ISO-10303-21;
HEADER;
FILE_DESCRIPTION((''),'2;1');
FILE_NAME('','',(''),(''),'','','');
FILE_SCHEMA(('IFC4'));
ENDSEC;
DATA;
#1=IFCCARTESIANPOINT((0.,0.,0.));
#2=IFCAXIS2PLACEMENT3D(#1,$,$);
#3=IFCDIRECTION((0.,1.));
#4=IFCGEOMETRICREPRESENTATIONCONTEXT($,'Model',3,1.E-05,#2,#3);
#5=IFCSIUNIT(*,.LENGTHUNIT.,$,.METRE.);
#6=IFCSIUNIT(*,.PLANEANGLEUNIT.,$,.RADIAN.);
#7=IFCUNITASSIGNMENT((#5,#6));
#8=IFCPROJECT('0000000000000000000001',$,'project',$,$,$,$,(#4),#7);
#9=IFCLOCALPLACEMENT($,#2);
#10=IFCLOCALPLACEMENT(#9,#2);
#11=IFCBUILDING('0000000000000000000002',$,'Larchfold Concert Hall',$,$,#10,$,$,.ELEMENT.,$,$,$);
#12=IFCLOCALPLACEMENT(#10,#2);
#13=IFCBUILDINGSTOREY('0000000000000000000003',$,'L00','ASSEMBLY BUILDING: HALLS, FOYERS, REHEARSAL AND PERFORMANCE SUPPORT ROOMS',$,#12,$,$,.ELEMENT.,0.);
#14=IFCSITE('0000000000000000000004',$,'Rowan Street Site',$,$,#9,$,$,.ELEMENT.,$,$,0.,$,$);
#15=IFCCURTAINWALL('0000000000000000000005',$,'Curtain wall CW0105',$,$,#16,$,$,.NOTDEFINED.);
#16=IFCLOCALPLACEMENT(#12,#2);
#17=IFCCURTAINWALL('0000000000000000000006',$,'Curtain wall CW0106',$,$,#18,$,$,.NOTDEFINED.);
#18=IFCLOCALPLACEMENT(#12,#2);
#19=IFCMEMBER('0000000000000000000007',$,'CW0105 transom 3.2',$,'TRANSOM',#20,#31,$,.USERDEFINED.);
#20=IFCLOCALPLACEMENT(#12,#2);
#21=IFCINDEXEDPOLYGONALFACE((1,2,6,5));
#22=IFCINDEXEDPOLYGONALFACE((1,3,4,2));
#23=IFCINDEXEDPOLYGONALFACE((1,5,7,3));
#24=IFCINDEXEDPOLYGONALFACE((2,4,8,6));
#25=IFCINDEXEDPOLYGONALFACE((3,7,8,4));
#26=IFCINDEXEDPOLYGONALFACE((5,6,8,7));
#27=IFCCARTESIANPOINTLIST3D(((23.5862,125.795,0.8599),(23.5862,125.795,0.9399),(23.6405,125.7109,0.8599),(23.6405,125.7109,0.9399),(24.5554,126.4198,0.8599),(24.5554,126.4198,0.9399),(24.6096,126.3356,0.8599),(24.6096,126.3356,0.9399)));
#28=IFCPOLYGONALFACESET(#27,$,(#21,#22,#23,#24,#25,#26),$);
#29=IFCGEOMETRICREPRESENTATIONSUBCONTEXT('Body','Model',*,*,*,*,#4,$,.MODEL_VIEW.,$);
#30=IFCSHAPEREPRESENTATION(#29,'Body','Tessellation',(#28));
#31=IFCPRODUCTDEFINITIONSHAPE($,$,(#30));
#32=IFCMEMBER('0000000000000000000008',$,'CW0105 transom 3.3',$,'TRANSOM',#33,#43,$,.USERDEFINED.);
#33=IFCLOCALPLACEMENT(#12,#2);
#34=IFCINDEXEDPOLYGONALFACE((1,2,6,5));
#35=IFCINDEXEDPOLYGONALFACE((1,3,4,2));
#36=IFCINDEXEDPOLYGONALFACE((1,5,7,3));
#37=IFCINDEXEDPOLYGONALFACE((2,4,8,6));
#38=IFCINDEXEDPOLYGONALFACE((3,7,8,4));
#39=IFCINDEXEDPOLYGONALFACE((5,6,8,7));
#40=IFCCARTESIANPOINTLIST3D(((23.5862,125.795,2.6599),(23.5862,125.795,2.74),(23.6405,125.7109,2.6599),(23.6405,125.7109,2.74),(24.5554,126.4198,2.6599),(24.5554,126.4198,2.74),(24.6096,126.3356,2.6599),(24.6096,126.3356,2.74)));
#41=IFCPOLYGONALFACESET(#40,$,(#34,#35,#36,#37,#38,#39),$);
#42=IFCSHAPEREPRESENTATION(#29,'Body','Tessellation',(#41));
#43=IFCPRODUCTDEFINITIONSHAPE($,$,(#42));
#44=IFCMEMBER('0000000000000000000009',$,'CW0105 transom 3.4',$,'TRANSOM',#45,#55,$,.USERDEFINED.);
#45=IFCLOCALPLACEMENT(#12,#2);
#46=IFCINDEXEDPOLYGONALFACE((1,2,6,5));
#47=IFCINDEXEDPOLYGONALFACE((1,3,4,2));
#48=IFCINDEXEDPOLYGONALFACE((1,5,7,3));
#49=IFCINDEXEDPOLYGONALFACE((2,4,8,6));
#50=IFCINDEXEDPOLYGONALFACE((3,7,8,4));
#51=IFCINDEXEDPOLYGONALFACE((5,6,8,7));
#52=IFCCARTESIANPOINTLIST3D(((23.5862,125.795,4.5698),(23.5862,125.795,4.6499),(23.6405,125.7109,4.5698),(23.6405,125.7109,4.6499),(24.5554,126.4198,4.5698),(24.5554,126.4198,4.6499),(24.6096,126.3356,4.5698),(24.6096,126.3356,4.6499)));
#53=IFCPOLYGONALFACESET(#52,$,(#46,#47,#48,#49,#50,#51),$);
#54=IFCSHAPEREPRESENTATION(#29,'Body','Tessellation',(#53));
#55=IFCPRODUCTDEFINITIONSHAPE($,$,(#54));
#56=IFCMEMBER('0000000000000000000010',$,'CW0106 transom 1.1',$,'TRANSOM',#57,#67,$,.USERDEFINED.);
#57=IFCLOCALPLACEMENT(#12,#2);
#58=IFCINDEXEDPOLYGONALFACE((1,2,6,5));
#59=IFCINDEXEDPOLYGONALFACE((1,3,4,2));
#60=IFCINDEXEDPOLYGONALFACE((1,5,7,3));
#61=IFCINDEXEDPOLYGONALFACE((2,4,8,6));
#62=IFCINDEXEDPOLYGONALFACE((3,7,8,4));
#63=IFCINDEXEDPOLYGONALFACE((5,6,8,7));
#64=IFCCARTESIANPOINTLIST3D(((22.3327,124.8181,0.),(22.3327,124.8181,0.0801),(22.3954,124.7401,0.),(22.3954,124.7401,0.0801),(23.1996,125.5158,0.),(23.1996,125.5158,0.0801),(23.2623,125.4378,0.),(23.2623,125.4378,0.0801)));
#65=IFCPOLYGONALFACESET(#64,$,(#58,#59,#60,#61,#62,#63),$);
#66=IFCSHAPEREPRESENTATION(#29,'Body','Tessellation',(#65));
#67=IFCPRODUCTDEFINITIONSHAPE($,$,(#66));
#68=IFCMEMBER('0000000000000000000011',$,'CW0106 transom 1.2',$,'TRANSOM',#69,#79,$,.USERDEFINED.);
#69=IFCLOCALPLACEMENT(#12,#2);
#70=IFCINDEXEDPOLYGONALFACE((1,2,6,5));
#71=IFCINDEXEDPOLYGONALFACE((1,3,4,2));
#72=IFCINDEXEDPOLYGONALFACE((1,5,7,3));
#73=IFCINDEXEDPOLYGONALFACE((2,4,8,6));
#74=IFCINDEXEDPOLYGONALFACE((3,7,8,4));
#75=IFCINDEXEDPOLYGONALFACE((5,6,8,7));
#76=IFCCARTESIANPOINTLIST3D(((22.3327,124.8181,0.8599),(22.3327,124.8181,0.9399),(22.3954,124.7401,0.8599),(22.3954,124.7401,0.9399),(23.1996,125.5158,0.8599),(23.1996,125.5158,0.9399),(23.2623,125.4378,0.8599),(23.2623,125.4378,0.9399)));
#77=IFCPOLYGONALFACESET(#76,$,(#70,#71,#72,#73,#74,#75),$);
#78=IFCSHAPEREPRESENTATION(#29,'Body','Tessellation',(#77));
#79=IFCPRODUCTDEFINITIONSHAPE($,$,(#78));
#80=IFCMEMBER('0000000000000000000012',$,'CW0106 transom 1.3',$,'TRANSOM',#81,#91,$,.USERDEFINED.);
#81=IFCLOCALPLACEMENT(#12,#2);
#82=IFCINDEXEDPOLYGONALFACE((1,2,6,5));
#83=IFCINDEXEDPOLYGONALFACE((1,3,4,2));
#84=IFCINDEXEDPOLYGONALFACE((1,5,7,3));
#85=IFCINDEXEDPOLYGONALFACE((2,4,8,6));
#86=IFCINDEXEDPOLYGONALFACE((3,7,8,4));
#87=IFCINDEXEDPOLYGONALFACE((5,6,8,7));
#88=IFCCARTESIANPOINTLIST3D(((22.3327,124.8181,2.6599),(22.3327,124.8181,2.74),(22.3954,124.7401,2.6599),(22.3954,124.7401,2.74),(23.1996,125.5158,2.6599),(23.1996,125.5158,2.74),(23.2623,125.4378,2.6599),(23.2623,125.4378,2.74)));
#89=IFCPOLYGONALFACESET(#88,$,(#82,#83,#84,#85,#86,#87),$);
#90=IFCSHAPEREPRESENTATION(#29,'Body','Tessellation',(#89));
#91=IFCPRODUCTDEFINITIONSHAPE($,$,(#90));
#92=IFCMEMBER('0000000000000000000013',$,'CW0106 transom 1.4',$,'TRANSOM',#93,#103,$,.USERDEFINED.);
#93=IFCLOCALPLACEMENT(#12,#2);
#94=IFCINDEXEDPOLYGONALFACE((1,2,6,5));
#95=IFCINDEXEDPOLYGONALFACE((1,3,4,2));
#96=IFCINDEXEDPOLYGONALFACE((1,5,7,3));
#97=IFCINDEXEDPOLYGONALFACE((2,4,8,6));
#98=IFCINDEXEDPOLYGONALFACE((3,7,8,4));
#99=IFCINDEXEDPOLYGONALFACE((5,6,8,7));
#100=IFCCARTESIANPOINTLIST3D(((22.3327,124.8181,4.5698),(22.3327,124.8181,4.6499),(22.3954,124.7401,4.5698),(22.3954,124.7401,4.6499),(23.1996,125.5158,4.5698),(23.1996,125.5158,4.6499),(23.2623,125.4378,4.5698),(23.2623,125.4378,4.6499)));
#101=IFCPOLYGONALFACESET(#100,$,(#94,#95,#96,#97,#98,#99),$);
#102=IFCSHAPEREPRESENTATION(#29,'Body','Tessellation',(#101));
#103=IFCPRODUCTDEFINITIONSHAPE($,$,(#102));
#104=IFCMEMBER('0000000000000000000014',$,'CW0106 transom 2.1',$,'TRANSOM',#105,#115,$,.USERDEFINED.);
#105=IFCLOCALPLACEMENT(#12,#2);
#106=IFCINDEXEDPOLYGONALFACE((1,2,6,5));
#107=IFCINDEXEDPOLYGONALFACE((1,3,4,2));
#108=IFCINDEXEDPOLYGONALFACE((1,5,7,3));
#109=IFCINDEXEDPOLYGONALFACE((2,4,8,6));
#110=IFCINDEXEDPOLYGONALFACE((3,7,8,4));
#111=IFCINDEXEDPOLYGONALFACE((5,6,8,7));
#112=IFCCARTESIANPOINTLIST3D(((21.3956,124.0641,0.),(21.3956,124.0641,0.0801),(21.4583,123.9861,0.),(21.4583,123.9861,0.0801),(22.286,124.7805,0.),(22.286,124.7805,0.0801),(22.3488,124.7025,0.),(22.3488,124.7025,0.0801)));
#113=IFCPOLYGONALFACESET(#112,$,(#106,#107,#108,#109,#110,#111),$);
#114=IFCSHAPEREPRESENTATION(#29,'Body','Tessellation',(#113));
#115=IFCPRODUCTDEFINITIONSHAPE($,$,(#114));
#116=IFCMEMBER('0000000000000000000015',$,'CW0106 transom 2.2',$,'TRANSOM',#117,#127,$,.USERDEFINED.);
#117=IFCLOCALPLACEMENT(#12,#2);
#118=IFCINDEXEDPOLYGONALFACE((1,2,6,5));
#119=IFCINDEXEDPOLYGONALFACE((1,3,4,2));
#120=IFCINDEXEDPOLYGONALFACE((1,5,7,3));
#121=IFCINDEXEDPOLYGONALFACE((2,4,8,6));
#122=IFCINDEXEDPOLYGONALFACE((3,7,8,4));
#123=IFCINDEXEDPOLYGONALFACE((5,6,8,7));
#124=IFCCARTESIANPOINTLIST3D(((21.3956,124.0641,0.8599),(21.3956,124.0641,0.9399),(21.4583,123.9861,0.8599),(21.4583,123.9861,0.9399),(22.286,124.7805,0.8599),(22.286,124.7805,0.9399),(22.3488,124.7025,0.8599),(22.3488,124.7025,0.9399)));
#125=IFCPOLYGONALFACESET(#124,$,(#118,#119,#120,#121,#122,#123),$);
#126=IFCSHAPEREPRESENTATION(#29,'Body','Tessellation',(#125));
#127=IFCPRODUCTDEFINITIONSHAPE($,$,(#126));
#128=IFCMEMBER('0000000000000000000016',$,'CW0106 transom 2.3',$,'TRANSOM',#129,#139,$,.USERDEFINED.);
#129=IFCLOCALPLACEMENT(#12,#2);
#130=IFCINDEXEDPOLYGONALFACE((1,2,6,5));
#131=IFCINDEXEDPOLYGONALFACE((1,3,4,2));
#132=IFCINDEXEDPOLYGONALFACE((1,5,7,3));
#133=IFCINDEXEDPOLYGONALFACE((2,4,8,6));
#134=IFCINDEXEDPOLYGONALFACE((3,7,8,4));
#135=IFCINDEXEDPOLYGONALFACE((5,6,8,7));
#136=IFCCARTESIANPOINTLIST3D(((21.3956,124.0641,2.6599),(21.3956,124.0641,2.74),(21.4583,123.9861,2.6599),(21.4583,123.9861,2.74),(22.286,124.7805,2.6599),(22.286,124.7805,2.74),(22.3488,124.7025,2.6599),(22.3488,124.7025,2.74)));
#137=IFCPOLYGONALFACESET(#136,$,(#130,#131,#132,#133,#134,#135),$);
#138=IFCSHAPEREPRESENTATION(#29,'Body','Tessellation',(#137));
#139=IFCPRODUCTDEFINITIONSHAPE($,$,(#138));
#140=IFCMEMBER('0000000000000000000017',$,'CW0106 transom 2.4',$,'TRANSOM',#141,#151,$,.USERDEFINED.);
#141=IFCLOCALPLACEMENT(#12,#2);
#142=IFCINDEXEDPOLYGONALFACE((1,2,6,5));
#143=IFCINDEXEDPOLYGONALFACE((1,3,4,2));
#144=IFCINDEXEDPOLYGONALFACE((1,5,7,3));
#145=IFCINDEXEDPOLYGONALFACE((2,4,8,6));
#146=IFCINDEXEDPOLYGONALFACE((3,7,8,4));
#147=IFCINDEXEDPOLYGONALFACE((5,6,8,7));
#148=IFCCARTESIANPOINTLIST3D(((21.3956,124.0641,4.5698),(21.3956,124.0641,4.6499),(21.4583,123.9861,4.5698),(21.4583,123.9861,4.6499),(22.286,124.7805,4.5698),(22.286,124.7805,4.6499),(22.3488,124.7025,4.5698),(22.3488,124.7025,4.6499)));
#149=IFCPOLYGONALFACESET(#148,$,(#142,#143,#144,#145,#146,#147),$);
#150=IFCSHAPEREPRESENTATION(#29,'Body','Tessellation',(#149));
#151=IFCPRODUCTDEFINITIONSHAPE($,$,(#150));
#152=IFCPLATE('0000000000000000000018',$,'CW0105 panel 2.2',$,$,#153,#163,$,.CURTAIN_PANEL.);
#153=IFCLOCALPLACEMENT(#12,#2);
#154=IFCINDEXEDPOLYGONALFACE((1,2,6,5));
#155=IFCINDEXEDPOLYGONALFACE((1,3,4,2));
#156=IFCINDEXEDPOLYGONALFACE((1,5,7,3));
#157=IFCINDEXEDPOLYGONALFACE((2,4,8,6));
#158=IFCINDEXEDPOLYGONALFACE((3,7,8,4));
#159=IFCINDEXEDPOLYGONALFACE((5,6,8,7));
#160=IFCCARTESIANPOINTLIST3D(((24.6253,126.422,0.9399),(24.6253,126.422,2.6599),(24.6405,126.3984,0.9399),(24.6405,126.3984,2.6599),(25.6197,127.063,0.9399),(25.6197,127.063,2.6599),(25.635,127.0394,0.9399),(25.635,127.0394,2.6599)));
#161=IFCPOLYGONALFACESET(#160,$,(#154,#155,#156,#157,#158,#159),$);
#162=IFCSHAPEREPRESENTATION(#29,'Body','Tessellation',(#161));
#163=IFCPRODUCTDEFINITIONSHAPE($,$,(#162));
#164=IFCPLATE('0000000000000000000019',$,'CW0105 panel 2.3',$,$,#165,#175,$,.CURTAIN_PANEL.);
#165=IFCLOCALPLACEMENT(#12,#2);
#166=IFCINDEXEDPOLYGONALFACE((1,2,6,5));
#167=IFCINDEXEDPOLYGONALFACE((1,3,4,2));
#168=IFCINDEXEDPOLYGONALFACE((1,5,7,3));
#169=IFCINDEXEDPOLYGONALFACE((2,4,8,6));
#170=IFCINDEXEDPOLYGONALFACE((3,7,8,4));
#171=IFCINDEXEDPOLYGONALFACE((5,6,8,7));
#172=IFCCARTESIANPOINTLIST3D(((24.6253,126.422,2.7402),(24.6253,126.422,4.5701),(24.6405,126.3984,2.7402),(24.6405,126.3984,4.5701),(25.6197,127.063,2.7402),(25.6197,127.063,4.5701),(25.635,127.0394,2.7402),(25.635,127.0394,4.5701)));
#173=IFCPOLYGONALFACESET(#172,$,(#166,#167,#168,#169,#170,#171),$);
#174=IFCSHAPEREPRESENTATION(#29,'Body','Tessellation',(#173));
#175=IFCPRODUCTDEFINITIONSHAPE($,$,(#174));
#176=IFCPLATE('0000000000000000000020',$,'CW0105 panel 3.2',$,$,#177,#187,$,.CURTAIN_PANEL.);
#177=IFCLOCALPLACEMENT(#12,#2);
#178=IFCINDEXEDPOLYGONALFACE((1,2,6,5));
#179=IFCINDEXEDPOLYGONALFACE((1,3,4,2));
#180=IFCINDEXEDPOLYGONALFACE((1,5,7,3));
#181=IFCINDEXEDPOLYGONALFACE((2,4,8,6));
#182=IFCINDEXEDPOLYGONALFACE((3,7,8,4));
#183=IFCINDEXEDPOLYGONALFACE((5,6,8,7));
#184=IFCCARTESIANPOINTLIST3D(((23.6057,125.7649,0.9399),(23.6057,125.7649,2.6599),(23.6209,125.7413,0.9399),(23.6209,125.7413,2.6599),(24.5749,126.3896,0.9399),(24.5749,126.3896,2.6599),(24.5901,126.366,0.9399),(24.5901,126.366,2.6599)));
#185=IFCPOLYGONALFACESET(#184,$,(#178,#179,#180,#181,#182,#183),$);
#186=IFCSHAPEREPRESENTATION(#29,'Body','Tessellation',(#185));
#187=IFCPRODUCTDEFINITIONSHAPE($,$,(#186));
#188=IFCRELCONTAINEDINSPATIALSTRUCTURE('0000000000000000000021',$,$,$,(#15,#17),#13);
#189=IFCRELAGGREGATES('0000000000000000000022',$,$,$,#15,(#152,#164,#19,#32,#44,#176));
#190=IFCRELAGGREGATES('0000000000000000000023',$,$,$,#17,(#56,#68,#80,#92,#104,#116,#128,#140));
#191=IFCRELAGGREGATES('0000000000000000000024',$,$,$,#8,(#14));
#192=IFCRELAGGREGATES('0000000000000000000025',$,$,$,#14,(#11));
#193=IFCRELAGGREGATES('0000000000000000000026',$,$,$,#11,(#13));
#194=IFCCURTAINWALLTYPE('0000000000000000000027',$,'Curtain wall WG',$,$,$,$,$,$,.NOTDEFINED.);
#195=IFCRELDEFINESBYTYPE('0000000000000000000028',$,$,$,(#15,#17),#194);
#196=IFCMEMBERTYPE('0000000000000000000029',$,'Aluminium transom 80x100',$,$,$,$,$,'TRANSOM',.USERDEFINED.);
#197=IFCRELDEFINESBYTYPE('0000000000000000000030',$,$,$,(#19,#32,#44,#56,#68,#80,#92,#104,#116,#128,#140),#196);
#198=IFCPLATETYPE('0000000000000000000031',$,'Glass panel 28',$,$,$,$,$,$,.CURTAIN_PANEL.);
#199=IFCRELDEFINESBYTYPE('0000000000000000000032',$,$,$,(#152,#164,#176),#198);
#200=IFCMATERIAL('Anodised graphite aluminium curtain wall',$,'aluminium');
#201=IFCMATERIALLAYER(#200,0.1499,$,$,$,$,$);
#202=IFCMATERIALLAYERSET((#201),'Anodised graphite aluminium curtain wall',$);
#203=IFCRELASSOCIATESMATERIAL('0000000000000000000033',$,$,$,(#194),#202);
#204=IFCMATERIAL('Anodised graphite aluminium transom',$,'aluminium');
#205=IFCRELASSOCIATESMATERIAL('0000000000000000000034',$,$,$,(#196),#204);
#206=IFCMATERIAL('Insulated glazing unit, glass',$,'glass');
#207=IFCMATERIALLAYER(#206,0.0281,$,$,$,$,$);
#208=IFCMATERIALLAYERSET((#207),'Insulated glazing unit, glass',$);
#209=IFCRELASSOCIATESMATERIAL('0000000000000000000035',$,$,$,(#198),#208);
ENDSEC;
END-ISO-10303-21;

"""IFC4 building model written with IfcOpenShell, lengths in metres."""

from ifc_helpers import new_model, si_unit, direction, frame, origin, origin_2d, place, context, subcontext, project, spatial, rectangle, extrude, material, layer, layer_set, material_profile, profile_set, type_object, element, aggregate, save


model = new_model("IFC4")

# Units and contexts
model_context = context("Model", 3, precision=1e-05, world=origin(), true_north=direction((0.0, 1.0)))
body_context = subcontext(model_context, "Body", "Model", "MODEL_VIEW")
ifc_project = project(units=[si_unit("LENGTHUNIT", "METRE"), si_unit("PLANEANGLEUNIT", "RADIAN")], contexts=[model_context])

# Site, building, storey
site_placement = place(None, origin())
site = spatial("IfcSite", under=ifc_project, at=site_placement, Name="Rowan Street Site", CompositionType="ELEMENT", RefElevation=0.0)
building_placement = place(site_placement, origin())
building = spatial("IfcBuilding", under=site, at=building_placement, Name="Larchfold Concert Hall", CompositionType="ELEMENT")
storey_placement = place(building_placement, origin())
storey = spatial("IfcBuildingStorey", under=building, at=storey_placement, Name="L00", Description="ASSEMBLY BUILDING: HALLS, FOYERS, REHEARSAL AND PERFORMANCE SUPPORT ROOMS", CompositionType="ELEMENT", Elevation=0.0)

# Curtain walls
ifc_material_1 = material(Name="Anodised graphite aluminium curtain wall", Category="aluminium")
ifc_layer_1 = layer(ifc_material_1, 0.1499)
ifc_layer_set_1 = layer_set([ifc_layer_1], Name="Anodised graphite aluminium curtain wall")
curtain_wall_type = type_object("IfcCurtainWallType", Name="Curtain wall WG", PredefinedType="NOTDEFINED", material=ifc_layer_set_1)
curtain_wall_1_placement = place(storey_placement, origin())
curtain_wall_1 = element("IfcCurtainWall", 1, at=curtain_wall_1_placement, inside=storey, type_object=curtain_wall_type, Name="Curtain wall CW0105", PredefinedType="NOTDEFINED")
curtain_wall_2_placement = place(storey_placement, origin())
curtain_wall_2 = element("IfcCurtainWall", 2, at=curtain_wall_2_placement, inside=storey, type_object=curtain_wall_type, Name="Curtain wall CW0106", PredefinedType="NOTDEFINED")

# Members
ifc_material_2 = material(Name="Anodised graphite aluminium transom", Category="aluminium")
ifc_material_profile_1 = material_profile(ifc_material_2, rectangle(XDim=0.1001, YDim=0.0801, at=origin_2d()))
ifc_profile_set_1 = profile_set([ifc_material_profile_1], Name="Anodised graphite aluminium transom")
member_type_1 = type_object("IfcMemberType", Name="Aluminium transom 80x100", ElementType="TRANSOM", PredefinedType="USERDEFINED", material=ifc_profile_set_1)
member_1_placement = place(storey_placement, frame((24.5825, 126.3777, 0.8999), z_axis=(-0.840517, -0.541784, 0.0), x_axis=(0.541784, -0.840517, 0.0)))
member_1 = element("IfcMember", 3, at=member_1_placement, type_object=member_type_1, Name="CW0105 transom 3.2", ObjectType="TRANSOM", PredefinedType="USERDEFINED", context=body_context, shape_type="SweptSolid", body=[
    extrude(rectangle(XDim=0.1001, YDim=0.0801, at=origin_2d()), origin(), (0.0, 0.0, 1.0), 1.1531),
])
member_2_placement = place(storey_placement, frame((24.5825, 126.3777, 2.7), z_axis=(-0.840517, -0.541784, 0.0), x_axis=(0.541784, -0.840517, 0.0)))
member_2 = element("IfcMember", 4, at=member_2_placement, type_object=member_type_1, Name="CW0105 transom 3.3", ObjectType="TRANSOM", PredefinedType="USERDEFINED", context=body_context, shape_type="SweptSolid", body=[
    extrude(rectangle(XDim=0.1001, YDim=0.0801, at=origin_2d()), origin(), (0.0, 0.0, 1.0), 1.1531),
])
member_3_placement = place(storey_placement, frame((24.5825, 126.3777, 4.6099), z_axis=(-0.840517, -0.541784, 0.0), x_axis=(0.541784, -0.840517, 0.0)))
member_3 = element("IfcMember", 5, at=member_3_placement, type_object=member_type_1, Name="CW0105 transom 3.4", ObjectType="TRANSOM", PredefinedType="USERDEFINED", context=body_context, shape_type="SweptSolid", body=[
    extrude(rectangle(XDim=0.1001, YDim=0.0801, at=origin_2d()), origin(), (0.0, 0.0, 1.0), 1.1531),
])
member_4_placement = place(storey_placement, frame((23.231, 125.4768, 0.04), z_axis=(-0.779025, -0.626993, 0.0), x_axis=(0.626993, -0.779025, 0.0)))
member_4 = element("IfcMember", 6, at=member_4_placement, type_object=member_type_1, Name="CW0106 transom 1.1", ObjectType="TRANSOM", PredefinedType="USERDEFINED", context=body_context, shape_type="SweptSolid", body=[
    extrude(rectangle(XDim=0.1001, YDim=0.0801, at=origin_2d()), origin(), (0.0, 0.0, 1.0), 1.1128),
])
member_5_placement = place(storey_placement, frame((23.231, 125.4768, 0.8999), z_axis=(-0.779025, -0.626993, 0.0), x_axis=(0.626993, -0.779025, 0.0)))
member_5 = element("IfcMember", 7, at=member_5_placement, type_object=member_type_1, Name="CW0106 transom 1.2", ObjectType="TRANSOM", PredefinedType="USERDEFINED", context=body_context, shape_type="SweptSolid", body=[
    extrude(rectangle(XDim=0.1001, YDim=0.0801, at=origin_2d()), origin(), (0.0, 0.0, 1.0), 1.1128),
])
member_6_placement = place(storey_placement, frame((23.231, 125.4768, 2.7), z_axis=(-0.779025, -0.626993, 0.0), x_axis=(0.626993, -0.779025, 0.0)))
member_6 = element("IfcMember", 8, at=member_6_placement, type_object=member_type_1, Name="CW0106 transom 1.3", ObjectType="TRANSOM", PredefinedType="USERDEFINED", context=body_context, shape_type="SweptSolid", body=[
    extrude(rectangle(XDim=0.1001, YDim=0.0801, at=origin_2d()), origin(), (0.0, 0.0, 1.0), 1.1128),
])
member_7_placement = place(storey_placement, frame((23.231, 125.4768, 4.6099), z_axis=(-0.779025, -0.626993, 0.0), x_axis=(0.626993, -0.779025, 0.0)))
member_7 = element("IfcMember", 9, at=member_7_placement, type_object=member_type_1, Name="CW0106 transom 1.4", ObjectType="TRANSOM", PredefinedType="USERDEFINED", context=body_context, shape_type="SweptSolid", body=[
    extrude(rectangle(XDim=0.1001, YDim=0.0801, at=origin_2d()), origin(), (0.0, 0.0, 1.0), 1.1128),
])
member_8_placement = place(storey_placement, frame((22.3174, 124.7415, 0.04), z_axis=(-0.779157, -0.626829, 0.0), x_axis=(0.626829, -0.779157, 0.0)))
member_8 = element("IfcMember", 10, at=member_8_placement, type_object=member_type_1, Name="CW0106 transom 2.1", ObjectType="TRANSOM", PredefinedType="USERDEFINED", context=body_context, shape_type="SweptSolid", body=[
    extrude(rectangle(XDim=0.1001, YDim=0.0801, at=origin_2d()), origin(), (0.0, 0.0, 1.0), 1.1428),
])
member_9_placement = place(storey_placement, frame((22.3174, 124.7415, 0.8999), z_axis=(-0.779157, -0.626829, 0.0), x_axis=(0.626829, -0.779157, 0.0)))
member_9 = element("IfcMember", 11, at=member_9_placement, type_object=member_type_1, Name="CW0106 transom 2.2", ObjectType="TRANSOM", PredefinedType="USERDEFINED", context=body_context, shape_type="SweptSolid", body=[
    extrude(rectangle(XDim=0.1001, YDim=0.0801, at=origin_2d()), origin(), (0.0, 0.0, 1.0), 1.1428),
])
member_10_placement = place(storey_placement, frame((22.3174, 124.7415, 2.7), z_axis=(-0.779157, -0.626829, 0.0), x_axis=(0.626829, -0.779157, 0.0)))
member_10 = element("IfcMember", 12, at=member_10_placement, type_object=member_type_1, Name="CW0106 transom 2.3", ObjectType="TRANSOM", PredefinedType="USERDEFINED", context=body_context, shape_type="SweptSolid", body=[
    extrude(rectangle(XDim=0.1001, YDim=0.0801, at=origin_2d()), origin(), (0.0, 0.0, 1.0), 1.1428),
])
member_11_placement = place(storey_placement, frame((22.3174, 124.7415, 4.6099), z_axis=(-0.779157, -0.626829, 0.0), x_axis=(0.626829, -0.779157, 0.0)))
member_11 = element("IfcMember", 13, at=member_11_placement, type_object=member_type_1, Name="CW0106 transom 2.4", ObjectType="TRANSOM", PredefinedType="USERDEFINED", context=body_context, shape_type="SweptSolid", body=[
    extrude(rectangle(XDim=0.1001, YDim=0.0801, at=origin_2d()), origin(), (0.0, 0.0, 1.0), 1.1428),
])

# Plates
ifc_material_3 = material(Name="Insulated glazing unit, glass", Category="glass")
ifc_layer_2 = layer(ifc_material_3, 0.0281)
ifc_layer_set_2 = layer_set([ifc_layer_2], Name="Insulated glazing unit, glass")
plate_type_1 = type_object("IfcPlateType", Name="Glass panel 28", PredefinedType="CURTAIN_PANEL", material=ifc_layer_set_2)
plate_1_placement = place(storey_placement, frame((25.1301, 126.7307, 0.9399), z_axis=(0.0, 0.0, 1.0), x_axis=(-0.840531, -0.541763, 0.0)))
plate_1 = element("IfcPlate", 14, at=plate_1_placement, type_object=plate_type_1, Name="CW0105 panel 2.2", PredefinedType="CURTAIN_PANEL", context=body_context, shape_type="SweptSolid", body=[
    extrude(rectangle(XDim=1.1831, YDim=0.0281, at=origin_2d()), origin(), (0.0, 0.0, 1.0), 1.72),
])
plate_2_placement = place(storey_placement, frame((25.1301, 126.7307, 2.7402), z_axis=(0.0, 0.0, 1.0), x_axis=(-0.840531, -0.541763, 0.0)))
plate_2 = element("IfcPlate", 15, at=plate_2_placement, type_object=plate_type_1, Name="CW0105 panel 2.3", PredefinedType="CURTAIN_PANEL", context=body_context, shape_type="SweptSolid", body=[
    extrude(rectangle(XDim=1.1831, YDim=0.0281, at=origin_2d()), origin(), (0.0, 0.0, 1.0), 1.8298),
])
plate_3_placement = place(storey_placement, frame((24.0979, 126.0654, 0.9399), z_axis=(0.0, 0.0, 1.0), x_axis=(-0.840531, -0.541763, 0.0)))
plate_3 = element("IfcPlate", 16, at=plate_3_placement, type_object=plate_type_1, Name="CW0105 panel 3.2", PredefinedType="CURTAIN_PANEL", context=body_context, shape_type="SweptSolid", body=[
    extrude(rectangle(XDim=1.1531, YDim=0.0281, at=origin_2d()), origin(), (0.0, 0.0, 1.0), 1.72),
])
aggregate(curtain_wall_1, [plate_1, plate_2, member_1, member_2, member_3, plate_3])
aggregate(curtain_wall_2, [member_4, member_5, member_6, member_7, member_8, member_9, member_10, member_11])

save(model, "model.ifc")
